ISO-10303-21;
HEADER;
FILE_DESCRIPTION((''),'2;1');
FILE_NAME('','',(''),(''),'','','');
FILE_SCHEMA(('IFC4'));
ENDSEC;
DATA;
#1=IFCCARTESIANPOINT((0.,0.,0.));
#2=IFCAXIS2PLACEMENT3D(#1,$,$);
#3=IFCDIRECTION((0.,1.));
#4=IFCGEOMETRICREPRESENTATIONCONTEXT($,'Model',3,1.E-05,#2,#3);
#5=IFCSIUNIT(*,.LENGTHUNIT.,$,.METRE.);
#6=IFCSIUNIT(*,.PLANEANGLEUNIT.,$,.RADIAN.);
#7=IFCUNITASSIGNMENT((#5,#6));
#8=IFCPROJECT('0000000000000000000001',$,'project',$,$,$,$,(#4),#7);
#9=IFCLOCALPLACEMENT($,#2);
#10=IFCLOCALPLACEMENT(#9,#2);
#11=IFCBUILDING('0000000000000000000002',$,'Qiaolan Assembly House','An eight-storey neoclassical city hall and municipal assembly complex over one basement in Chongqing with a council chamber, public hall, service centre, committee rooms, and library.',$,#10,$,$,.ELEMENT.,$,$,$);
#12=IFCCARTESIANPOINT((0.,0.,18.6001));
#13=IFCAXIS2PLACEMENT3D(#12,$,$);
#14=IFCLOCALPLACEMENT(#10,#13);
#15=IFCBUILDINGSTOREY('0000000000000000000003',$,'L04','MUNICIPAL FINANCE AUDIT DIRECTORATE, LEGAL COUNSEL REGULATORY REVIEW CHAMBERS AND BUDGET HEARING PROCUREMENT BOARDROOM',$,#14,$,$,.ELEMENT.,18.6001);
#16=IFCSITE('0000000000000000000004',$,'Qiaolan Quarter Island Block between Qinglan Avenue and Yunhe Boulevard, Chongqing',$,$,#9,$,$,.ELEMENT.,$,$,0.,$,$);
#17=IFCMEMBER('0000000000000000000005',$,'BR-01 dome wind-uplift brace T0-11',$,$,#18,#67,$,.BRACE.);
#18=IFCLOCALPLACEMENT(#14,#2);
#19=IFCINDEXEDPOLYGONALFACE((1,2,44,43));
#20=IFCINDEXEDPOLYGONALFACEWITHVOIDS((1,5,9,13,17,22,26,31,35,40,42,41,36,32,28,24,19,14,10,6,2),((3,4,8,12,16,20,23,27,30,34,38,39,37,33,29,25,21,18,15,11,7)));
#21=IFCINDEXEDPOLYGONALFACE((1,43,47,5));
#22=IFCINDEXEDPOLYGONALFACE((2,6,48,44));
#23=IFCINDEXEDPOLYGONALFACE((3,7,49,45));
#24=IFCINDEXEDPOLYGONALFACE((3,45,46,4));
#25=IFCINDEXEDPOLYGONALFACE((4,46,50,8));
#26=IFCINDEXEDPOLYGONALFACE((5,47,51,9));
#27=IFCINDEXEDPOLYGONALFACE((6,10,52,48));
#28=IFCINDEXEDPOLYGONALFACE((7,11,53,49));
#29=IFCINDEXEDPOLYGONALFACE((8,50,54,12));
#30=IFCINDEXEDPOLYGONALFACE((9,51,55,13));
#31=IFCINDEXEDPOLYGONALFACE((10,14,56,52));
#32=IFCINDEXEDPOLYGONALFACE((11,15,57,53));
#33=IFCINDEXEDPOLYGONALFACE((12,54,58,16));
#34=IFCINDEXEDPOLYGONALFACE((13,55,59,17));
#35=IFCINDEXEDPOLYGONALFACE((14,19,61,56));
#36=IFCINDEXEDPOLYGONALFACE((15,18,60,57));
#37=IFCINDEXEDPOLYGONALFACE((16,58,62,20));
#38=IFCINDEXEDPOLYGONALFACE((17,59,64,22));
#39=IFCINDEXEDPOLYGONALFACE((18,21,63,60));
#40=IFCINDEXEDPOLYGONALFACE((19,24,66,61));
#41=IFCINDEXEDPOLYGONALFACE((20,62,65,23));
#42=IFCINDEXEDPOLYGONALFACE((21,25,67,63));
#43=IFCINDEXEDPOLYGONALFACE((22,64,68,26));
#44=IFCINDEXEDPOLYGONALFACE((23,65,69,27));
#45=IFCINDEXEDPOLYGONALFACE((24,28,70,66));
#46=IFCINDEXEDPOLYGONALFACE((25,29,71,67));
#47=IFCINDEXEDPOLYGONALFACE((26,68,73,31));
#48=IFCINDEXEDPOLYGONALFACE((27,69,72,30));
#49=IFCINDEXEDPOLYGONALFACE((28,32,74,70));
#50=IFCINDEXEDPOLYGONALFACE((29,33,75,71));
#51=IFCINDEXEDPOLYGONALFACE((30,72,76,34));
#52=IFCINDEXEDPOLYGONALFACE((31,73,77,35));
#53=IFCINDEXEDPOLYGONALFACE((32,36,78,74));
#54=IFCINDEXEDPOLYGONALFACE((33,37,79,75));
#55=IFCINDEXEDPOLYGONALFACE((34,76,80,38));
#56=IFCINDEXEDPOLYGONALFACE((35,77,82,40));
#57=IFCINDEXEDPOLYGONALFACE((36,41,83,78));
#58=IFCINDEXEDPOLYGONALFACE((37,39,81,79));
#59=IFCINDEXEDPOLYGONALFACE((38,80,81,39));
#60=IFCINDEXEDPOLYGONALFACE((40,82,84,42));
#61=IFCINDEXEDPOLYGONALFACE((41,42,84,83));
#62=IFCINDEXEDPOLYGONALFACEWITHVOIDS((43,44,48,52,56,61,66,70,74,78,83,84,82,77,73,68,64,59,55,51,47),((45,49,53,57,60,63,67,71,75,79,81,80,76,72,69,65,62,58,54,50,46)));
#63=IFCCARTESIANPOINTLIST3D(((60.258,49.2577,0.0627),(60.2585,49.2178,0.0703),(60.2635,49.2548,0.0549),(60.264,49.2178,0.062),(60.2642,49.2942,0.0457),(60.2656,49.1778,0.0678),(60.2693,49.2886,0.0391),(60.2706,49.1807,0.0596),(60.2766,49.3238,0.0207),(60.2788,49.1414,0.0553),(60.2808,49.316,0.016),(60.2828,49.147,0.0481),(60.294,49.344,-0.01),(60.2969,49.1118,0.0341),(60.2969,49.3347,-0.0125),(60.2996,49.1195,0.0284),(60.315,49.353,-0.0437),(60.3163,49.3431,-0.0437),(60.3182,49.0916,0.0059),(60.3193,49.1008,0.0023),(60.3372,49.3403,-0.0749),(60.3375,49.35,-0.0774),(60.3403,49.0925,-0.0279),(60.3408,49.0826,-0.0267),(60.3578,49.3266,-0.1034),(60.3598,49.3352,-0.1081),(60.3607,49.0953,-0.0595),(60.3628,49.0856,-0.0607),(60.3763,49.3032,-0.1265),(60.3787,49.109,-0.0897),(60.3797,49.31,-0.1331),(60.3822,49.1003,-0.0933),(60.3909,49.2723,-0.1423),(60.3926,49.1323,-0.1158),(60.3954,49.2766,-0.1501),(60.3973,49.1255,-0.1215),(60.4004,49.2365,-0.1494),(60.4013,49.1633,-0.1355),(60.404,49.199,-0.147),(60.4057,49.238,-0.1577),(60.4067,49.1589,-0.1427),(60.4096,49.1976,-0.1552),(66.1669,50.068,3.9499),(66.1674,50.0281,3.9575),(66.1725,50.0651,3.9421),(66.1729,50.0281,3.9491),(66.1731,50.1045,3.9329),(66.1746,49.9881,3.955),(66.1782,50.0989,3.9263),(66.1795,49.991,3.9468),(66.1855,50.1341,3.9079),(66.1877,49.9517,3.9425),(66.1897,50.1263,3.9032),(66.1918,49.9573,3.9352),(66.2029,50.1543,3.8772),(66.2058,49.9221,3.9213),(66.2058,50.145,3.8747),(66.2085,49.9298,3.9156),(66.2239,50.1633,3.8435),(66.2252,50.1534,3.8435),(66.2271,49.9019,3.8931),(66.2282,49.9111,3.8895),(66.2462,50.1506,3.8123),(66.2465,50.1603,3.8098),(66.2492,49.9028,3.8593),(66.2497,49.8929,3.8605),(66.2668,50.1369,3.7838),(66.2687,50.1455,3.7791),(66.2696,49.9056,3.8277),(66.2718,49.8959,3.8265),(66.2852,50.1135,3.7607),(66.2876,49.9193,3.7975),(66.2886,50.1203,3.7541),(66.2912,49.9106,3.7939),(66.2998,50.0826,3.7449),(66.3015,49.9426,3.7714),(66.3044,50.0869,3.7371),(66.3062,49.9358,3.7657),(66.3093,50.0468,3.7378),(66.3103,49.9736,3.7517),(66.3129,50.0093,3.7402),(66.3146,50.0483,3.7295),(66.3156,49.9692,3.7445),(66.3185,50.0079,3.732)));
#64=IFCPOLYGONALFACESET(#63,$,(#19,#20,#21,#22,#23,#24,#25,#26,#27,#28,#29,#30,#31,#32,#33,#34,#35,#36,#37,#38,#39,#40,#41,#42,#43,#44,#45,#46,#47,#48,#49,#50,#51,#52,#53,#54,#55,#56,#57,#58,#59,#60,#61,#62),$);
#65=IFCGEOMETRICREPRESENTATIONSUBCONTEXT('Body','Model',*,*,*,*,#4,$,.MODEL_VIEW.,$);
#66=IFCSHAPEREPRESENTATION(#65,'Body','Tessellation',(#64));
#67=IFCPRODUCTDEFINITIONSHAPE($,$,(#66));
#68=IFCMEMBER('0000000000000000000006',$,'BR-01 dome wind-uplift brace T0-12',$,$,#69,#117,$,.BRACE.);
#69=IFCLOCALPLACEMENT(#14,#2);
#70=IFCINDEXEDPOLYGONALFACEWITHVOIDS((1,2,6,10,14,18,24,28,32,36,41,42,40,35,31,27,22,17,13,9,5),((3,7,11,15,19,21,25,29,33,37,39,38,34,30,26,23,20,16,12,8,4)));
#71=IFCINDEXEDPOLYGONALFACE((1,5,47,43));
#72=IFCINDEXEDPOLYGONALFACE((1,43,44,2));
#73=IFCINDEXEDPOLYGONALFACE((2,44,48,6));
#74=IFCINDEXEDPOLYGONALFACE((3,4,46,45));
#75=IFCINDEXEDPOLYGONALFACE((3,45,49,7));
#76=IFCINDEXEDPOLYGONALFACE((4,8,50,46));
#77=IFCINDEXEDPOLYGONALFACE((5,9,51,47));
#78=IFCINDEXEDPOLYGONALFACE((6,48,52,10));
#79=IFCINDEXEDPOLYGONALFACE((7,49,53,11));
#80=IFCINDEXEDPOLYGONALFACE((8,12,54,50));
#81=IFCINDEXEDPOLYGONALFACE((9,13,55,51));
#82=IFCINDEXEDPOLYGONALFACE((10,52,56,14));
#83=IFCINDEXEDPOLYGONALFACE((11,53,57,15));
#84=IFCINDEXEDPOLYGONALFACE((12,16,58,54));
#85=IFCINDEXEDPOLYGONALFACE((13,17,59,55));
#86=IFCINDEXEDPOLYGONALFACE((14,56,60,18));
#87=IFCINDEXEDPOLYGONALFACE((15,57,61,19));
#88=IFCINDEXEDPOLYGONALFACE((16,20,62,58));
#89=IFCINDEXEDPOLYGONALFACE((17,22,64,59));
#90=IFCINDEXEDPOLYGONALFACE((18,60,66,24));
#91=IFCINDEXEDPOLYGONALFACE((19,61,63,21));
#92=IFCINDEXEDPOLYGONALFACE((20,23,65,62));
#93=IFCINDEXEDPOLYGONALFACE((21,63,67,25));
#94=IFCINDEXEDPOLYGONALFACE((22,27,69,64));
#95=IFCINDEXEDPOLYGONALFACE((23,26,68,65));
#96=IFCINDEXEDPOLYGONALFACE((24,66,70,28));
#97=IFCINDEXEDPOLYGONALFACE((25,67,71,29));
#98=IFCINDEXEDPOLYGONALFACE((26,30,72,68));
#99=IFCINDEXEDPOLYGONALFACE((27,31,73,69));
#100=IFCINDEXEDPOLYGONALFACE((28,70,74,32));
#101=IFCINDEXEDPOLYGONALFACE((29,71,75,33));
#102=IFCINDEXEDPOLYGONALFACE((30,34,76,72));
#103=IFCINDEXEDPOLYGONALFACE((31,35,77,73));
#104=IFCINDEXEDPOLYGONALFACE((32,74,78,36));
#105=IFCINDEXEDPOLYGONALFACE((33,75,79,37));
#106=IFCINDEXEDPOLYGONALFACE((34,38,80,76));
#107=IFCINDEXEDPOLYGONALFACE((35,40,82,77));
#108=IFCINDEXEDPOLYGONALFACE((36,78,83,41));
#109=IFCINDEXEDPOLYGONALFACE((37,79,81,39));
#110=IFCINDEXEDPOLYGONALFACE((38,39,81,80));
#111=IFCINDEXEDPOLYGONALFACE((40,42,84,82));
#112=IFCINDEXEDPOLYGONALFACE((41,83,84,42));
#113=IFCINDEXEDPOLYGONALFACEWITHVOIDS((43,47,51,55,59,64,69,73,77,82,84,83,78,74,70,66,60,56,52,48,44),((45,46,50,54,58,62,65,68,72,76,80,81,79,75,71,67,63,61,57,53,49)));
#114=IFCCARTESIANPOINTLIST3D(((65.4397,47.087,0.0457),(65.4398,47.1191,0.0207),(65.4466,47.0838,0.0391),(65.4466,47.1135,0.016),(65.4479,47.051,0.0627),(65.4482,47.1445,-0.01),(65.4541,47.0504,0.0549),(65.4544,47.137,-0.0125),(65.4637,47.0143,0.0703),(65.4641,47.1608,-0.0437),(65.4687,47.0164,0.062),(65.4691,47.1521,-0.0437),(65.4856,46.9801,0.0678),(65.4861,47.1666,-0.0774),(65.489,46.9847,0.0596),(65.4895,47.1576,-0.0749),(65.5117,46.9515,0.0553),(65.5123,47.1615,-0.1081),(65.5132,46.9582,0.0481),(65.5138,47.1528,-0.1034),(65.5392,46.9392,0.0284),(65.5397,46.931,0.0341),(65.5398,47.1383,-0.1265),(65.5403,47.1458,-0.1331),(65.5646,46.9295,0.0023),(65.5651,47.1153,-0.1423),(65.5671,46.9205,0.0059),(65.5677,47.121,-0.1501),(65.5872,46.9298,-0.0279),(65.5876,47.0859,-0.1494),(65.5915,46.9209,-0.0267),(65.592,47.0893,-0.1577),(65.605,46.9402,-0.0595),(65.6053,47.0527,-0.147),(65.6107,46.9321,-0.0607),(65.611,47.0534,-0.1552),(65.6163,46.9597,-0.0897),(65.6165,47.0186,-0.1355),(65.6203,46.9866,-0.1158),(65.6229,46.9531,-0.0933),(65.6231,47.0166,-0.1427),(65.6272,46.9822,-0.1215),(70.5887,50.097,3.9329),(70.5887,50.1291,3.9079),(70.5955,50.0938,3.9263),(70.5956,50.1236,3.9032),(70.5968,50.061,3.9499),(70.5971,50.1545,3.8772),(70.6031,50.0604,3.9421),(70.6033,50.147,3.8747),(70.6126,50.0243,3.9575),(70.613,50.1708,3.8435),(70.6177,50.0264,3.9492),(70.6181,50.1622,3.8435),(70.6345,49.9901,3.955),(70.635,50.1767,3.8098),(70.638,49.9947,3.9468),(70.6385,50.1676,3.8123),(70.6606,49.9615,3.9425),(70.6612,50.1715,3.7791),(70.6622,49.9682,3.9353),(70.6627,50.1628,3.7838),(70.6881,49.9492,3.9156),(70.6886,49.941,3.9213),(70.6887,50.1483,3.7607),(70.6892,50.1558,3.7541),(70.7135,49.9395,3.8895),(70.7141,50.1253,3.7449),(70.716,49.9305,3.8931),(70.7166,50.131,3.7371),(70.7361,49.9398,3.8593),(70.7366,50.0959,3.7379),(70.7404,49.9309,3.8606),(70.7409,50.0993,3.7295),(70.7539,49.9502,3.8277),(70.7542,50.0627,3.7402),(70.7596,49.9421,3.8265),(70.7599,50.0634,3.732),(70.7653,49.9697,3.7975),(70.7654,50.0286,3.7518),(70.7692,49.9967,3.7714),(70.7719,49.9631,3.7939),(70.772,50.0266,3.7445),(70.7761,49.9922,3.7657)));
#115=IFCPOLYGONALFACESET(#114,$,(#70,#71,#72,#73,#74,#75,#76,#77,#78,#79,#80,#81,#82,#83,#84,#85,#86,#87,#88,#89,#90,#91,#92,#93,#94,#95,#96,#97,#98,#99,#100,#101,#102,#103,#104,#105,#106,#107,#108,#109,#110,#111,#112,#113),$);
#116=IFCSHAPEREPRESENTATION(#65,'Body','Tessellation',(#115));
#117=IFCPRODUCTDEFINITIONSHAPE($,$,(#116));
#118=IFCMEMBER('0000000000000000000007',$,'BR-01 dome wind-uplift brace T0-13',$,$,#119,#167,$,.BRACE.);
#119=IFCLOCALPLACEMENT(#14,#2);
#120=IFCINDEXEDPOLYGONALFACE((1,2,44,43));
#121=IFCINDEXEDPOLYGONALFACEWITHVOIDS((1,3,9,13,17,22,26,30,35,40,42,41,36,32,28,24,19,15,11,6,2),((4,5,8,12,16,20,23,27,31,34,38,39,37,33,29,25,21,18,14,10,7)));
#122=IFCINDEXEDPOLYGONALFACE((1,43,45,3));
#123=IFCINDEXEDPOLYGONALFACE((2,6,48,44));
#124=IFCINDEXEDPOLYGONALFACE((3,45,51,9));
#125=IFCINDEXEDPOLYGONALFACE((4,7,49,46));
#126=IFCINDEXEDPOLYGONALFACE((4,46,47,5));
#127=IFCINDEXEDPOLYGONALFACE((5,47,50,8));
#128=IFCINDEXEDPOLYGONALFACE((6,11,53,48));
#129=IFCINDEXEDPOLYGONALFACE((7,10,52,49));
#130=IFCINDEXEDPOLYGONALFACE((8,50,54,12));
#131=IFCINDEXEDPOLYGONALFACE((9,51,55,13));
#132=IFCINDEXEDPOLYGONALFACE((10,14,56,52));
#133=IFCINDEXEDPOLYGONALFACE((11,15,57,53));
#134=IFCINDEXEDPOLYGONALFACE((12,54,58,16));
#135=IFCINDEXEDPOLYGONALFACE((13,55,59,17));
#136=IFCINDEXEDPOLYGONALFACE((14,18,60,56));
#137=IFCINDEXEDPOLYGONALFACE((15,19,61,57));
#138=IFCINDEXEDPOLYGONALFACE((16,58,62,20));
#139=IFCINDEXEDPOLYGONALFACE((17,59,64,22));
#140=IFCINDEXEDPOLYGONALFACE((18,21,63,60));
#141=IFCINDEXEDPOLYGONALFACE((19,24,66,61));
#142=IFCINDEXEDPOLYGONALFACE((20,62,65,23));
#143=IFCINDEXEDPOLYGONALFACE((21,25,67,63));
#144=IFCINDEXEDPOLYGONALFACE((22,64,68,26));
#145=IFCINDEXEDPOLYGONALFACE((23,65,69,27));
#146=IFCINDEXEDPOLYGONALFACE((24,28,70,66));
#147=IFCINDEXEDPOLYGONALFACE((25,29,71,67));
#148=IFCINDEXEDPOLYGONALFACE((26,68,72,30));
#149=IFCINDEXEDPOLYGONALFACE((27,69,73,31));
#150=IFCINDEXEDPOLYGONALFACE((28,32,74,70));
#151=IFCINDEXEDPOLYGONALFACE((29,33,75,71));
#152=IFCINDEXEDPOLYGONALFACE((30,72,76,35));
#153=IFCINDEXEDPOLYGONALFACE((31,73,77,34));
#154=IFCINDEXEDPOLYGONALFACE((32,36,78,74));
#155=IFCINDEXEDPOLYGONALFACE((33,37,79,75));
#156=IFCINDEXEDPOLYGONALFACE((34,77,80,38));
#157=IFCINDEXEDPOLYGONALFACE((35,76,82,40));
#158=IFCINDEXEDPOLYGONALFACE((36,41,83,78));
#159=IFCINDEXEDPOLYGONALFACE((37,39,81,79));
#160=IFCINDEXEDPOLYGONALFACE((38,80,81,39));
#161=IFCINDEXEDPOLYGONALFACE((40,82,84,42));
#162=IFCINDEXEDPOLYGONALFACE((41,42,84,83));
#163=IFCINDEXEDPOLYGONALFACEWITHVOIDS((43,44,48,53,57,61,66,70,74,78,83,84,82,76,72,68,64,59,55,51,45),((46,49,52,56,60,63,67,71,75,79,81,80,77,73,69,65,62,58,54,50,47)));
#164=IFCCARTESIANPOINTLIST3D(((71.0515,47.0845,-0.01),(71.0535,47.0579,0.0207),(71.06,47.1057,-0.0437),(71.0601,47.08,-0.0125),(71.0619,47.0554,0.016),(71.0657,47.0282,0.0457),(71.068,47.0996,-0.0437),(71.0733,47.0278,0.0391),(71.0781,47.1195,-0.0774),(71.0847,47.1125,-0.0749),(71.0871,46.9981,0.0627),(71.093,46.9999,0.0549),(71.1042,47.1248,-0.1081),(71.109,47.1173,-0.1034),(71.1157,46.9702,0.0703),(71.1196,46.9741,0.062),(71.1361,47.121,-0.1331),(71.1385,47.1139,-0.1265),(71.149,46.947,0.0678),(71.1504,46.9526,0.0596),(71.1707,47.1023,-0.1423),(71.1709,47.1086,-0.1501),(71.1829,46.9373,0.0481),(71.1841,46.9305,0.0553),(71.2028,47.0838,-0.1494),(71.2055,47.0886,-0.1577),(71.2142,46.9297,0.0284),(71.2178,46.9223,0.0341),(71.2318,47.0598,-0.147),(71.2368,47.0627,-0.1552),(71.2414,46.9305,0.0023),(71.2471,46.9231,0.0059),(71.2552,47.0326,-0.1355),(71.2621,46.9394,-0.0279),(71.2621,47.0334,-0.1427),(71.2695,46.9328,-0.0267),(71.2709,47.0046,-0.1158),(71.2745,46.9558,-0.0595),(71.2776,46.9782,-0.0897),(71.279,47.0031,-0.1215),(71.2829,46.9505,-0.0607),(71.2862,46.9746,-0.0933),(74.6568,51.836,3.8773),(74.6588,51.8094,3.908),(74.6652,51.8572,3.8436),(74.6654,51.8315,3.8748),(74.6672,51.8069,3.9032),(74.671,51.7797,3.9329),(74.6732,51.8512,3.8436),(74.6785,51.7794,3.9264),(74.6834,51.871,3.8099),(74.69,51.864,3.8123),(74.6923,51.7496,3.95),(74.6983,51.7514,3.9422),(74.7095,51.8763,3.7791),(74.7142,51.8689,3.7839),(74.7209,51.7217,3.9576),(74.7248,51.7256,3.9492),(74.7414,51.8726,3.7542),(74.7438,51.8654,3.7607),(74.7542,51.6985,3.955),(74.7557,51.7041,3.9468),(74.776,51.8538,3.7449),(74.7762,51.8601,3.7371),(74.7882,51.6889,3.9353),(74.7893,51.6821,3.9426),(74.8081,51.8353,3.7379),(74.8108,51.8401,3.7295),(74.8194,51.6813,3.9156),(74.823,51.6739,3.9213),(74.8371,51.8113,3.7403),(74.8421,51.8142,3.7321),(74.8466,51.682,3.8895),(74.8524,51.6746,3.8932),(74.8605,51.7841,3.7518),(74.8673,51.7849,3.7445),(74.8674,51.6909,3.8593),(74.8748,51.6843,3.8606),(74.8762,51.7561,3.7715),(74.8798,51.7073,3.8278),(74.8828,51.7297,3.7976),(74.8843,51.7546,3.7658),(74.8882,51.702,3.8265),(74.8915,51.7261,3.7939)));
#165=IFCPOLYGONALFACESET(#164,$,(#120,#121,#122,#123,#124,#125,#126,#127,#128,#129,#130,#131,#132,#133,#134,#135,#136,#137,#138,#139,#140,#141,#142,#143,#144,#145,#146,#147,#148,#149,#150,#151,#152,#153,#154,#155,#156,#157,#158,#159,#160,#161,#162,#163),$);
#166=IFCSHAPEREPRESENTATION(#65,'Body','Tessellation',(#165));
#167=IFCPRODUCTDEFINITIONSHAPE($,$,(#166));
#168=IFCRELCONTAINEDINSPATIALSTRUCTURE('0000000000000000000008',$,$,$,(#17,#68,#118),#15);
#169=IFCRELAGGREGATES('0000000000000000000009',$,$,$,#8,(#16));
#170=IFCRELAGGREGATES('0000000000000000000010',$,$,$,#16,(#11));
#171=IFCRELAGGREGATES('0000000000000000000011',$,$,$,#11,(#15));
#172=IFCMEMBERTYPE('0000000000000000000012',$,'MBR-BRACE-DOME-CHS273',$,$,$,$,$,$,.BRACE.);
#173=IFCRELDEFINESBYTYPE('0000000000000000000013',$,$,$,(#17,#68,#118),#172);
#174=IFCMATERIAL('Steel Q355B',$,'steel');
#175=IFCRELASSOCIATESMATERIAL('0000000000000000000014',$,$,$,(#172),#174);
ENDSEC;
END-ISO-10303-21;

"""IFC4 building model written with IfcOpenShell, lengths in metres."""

from ifc_helpers import new_model, si_unit, direction, frame, origin, origin_2d, place, context, subcontext, project, spatial, hollow_circle, extrude, material, material_profile, profile_set, type_object, element, save


model = new_model("IFC4")

# Units and contexts
model_context = context("Model", 3, precision=1e-05, world=origin(), true_north=direction((0.0, 1.0)))
body_context = subcontext(model_context, "Body", "Model", "MODEL_VIEW")
ifc_project = project(units=[si_unit("LENGTHUNIT", "METRE"), si_unit("PLANEANGLEUNIT", "RADIAN")], contexts=[model_context])

# Site, building, storey
site_placement = place(None, origin())
site = spatial("IfcSite", under=ifc_project, at=site_placement, Name="Qiaolan Quarter Island Block between Qinglan Avenue and Yunhe Boulevard, Chongqing", CompositionType="ELEMENT", RefElevation=0.0)
building_placement = place(site_placement, origin())
building = spatial("IfcBuilding", under=site, at=building_placement, Name="Qiaolan Assembly House", Description="An eight-storey neoclassical city hall and municipal assembly complex over one basement in Chongqing with a council chamber, public hall, service centre, committee rooms, and library.", CompositionType="ELEMENT")
storey_placement = place(building_placement, frame((0.0, 0.0, 18.6001)))
storey = spatial("IfcBuildingStorey", under=building, at=storey_placement, Name="L04", Description="MUNICIPAL FINANCE AUDIT DIRECTORATE, LEGAL COUNSEL REGULATORY REVIEW CHAMBERS AND BUDGET HEARING PROCUREMENT BOARDROOM", CompositionType="ELEMENT", Elevation=18.6001)

# Shared definitions
ifc_material_1 = material(Name="Steel Q355B", Category="steel")

# Members
ifc_material_profile_1 = material_profile(ifc_material_1, hollow_circle(Radius=0.1365, WallThickness=0.01, at=origin_2d()), Name="CHS 273x10")
ifc_profile_set_1 = profile_set([ifc_material_profile_1], Name="Steel Q355B")
member_type_1 = type_object("IfcMemberType", Name="MBR-BRACE-DOME-CHS273", PredefinedType="BRACE", material=ifc_profile_set_1)
for number, where, z_axis, x_axis, name in (
    (1, (60.3335, 49.2178, -0.0437), (0.830004, 0.11382, 0.54602), (-0.13586, 0.990728, 0.0), "BR-01 dome wind-uplift brace T0-11"),
    (2, (65.533, 47.043, -0.0437), (0.723252, 0.422806, 0.546023), (-0.50468, 0.863306, 0.0), "BR-01 dome wind-uplift brace T0-12"),
):
    element("IfcMember", number, at=place(storey_placement, frame(where, z_axis=z_axis, x_axis=x_axis)), inside=storey, type_object=member_type_1, Name=name, PredefinedType="BRACE", context=body_context, shape_type="SweptSolid", body=[
        extrude(hollow_circle(Radius=0.1365, WallThickness=0.01, at=origin_2d()), origin(), (0.0, 0.0, 1.0), 7.1191),
    ])
member_1_placement = place(storey_placement, frame((71.1687, 47.0232, -0.0437), z_axis=(0.506402, 0.667406, 0.54601), x_axis=(-0.796638, 0.604457, 0.0)))
element("IfcMember", 3, at=member_1_placement, inside=storey, type_object=member_type_1, Name="BR-01 dome wind-uplift brace T0-13", PredefinedType="BRACE", context=body_context, shape_type="SweptSolid", body=[
    extrude(hollow_circle(Radius=0.1365, WallThickness=0.01, at=origin_2d()), origin(), (0.0, 0.0, 1.0), 7.1194),
])

save(model, "model.ifc")
